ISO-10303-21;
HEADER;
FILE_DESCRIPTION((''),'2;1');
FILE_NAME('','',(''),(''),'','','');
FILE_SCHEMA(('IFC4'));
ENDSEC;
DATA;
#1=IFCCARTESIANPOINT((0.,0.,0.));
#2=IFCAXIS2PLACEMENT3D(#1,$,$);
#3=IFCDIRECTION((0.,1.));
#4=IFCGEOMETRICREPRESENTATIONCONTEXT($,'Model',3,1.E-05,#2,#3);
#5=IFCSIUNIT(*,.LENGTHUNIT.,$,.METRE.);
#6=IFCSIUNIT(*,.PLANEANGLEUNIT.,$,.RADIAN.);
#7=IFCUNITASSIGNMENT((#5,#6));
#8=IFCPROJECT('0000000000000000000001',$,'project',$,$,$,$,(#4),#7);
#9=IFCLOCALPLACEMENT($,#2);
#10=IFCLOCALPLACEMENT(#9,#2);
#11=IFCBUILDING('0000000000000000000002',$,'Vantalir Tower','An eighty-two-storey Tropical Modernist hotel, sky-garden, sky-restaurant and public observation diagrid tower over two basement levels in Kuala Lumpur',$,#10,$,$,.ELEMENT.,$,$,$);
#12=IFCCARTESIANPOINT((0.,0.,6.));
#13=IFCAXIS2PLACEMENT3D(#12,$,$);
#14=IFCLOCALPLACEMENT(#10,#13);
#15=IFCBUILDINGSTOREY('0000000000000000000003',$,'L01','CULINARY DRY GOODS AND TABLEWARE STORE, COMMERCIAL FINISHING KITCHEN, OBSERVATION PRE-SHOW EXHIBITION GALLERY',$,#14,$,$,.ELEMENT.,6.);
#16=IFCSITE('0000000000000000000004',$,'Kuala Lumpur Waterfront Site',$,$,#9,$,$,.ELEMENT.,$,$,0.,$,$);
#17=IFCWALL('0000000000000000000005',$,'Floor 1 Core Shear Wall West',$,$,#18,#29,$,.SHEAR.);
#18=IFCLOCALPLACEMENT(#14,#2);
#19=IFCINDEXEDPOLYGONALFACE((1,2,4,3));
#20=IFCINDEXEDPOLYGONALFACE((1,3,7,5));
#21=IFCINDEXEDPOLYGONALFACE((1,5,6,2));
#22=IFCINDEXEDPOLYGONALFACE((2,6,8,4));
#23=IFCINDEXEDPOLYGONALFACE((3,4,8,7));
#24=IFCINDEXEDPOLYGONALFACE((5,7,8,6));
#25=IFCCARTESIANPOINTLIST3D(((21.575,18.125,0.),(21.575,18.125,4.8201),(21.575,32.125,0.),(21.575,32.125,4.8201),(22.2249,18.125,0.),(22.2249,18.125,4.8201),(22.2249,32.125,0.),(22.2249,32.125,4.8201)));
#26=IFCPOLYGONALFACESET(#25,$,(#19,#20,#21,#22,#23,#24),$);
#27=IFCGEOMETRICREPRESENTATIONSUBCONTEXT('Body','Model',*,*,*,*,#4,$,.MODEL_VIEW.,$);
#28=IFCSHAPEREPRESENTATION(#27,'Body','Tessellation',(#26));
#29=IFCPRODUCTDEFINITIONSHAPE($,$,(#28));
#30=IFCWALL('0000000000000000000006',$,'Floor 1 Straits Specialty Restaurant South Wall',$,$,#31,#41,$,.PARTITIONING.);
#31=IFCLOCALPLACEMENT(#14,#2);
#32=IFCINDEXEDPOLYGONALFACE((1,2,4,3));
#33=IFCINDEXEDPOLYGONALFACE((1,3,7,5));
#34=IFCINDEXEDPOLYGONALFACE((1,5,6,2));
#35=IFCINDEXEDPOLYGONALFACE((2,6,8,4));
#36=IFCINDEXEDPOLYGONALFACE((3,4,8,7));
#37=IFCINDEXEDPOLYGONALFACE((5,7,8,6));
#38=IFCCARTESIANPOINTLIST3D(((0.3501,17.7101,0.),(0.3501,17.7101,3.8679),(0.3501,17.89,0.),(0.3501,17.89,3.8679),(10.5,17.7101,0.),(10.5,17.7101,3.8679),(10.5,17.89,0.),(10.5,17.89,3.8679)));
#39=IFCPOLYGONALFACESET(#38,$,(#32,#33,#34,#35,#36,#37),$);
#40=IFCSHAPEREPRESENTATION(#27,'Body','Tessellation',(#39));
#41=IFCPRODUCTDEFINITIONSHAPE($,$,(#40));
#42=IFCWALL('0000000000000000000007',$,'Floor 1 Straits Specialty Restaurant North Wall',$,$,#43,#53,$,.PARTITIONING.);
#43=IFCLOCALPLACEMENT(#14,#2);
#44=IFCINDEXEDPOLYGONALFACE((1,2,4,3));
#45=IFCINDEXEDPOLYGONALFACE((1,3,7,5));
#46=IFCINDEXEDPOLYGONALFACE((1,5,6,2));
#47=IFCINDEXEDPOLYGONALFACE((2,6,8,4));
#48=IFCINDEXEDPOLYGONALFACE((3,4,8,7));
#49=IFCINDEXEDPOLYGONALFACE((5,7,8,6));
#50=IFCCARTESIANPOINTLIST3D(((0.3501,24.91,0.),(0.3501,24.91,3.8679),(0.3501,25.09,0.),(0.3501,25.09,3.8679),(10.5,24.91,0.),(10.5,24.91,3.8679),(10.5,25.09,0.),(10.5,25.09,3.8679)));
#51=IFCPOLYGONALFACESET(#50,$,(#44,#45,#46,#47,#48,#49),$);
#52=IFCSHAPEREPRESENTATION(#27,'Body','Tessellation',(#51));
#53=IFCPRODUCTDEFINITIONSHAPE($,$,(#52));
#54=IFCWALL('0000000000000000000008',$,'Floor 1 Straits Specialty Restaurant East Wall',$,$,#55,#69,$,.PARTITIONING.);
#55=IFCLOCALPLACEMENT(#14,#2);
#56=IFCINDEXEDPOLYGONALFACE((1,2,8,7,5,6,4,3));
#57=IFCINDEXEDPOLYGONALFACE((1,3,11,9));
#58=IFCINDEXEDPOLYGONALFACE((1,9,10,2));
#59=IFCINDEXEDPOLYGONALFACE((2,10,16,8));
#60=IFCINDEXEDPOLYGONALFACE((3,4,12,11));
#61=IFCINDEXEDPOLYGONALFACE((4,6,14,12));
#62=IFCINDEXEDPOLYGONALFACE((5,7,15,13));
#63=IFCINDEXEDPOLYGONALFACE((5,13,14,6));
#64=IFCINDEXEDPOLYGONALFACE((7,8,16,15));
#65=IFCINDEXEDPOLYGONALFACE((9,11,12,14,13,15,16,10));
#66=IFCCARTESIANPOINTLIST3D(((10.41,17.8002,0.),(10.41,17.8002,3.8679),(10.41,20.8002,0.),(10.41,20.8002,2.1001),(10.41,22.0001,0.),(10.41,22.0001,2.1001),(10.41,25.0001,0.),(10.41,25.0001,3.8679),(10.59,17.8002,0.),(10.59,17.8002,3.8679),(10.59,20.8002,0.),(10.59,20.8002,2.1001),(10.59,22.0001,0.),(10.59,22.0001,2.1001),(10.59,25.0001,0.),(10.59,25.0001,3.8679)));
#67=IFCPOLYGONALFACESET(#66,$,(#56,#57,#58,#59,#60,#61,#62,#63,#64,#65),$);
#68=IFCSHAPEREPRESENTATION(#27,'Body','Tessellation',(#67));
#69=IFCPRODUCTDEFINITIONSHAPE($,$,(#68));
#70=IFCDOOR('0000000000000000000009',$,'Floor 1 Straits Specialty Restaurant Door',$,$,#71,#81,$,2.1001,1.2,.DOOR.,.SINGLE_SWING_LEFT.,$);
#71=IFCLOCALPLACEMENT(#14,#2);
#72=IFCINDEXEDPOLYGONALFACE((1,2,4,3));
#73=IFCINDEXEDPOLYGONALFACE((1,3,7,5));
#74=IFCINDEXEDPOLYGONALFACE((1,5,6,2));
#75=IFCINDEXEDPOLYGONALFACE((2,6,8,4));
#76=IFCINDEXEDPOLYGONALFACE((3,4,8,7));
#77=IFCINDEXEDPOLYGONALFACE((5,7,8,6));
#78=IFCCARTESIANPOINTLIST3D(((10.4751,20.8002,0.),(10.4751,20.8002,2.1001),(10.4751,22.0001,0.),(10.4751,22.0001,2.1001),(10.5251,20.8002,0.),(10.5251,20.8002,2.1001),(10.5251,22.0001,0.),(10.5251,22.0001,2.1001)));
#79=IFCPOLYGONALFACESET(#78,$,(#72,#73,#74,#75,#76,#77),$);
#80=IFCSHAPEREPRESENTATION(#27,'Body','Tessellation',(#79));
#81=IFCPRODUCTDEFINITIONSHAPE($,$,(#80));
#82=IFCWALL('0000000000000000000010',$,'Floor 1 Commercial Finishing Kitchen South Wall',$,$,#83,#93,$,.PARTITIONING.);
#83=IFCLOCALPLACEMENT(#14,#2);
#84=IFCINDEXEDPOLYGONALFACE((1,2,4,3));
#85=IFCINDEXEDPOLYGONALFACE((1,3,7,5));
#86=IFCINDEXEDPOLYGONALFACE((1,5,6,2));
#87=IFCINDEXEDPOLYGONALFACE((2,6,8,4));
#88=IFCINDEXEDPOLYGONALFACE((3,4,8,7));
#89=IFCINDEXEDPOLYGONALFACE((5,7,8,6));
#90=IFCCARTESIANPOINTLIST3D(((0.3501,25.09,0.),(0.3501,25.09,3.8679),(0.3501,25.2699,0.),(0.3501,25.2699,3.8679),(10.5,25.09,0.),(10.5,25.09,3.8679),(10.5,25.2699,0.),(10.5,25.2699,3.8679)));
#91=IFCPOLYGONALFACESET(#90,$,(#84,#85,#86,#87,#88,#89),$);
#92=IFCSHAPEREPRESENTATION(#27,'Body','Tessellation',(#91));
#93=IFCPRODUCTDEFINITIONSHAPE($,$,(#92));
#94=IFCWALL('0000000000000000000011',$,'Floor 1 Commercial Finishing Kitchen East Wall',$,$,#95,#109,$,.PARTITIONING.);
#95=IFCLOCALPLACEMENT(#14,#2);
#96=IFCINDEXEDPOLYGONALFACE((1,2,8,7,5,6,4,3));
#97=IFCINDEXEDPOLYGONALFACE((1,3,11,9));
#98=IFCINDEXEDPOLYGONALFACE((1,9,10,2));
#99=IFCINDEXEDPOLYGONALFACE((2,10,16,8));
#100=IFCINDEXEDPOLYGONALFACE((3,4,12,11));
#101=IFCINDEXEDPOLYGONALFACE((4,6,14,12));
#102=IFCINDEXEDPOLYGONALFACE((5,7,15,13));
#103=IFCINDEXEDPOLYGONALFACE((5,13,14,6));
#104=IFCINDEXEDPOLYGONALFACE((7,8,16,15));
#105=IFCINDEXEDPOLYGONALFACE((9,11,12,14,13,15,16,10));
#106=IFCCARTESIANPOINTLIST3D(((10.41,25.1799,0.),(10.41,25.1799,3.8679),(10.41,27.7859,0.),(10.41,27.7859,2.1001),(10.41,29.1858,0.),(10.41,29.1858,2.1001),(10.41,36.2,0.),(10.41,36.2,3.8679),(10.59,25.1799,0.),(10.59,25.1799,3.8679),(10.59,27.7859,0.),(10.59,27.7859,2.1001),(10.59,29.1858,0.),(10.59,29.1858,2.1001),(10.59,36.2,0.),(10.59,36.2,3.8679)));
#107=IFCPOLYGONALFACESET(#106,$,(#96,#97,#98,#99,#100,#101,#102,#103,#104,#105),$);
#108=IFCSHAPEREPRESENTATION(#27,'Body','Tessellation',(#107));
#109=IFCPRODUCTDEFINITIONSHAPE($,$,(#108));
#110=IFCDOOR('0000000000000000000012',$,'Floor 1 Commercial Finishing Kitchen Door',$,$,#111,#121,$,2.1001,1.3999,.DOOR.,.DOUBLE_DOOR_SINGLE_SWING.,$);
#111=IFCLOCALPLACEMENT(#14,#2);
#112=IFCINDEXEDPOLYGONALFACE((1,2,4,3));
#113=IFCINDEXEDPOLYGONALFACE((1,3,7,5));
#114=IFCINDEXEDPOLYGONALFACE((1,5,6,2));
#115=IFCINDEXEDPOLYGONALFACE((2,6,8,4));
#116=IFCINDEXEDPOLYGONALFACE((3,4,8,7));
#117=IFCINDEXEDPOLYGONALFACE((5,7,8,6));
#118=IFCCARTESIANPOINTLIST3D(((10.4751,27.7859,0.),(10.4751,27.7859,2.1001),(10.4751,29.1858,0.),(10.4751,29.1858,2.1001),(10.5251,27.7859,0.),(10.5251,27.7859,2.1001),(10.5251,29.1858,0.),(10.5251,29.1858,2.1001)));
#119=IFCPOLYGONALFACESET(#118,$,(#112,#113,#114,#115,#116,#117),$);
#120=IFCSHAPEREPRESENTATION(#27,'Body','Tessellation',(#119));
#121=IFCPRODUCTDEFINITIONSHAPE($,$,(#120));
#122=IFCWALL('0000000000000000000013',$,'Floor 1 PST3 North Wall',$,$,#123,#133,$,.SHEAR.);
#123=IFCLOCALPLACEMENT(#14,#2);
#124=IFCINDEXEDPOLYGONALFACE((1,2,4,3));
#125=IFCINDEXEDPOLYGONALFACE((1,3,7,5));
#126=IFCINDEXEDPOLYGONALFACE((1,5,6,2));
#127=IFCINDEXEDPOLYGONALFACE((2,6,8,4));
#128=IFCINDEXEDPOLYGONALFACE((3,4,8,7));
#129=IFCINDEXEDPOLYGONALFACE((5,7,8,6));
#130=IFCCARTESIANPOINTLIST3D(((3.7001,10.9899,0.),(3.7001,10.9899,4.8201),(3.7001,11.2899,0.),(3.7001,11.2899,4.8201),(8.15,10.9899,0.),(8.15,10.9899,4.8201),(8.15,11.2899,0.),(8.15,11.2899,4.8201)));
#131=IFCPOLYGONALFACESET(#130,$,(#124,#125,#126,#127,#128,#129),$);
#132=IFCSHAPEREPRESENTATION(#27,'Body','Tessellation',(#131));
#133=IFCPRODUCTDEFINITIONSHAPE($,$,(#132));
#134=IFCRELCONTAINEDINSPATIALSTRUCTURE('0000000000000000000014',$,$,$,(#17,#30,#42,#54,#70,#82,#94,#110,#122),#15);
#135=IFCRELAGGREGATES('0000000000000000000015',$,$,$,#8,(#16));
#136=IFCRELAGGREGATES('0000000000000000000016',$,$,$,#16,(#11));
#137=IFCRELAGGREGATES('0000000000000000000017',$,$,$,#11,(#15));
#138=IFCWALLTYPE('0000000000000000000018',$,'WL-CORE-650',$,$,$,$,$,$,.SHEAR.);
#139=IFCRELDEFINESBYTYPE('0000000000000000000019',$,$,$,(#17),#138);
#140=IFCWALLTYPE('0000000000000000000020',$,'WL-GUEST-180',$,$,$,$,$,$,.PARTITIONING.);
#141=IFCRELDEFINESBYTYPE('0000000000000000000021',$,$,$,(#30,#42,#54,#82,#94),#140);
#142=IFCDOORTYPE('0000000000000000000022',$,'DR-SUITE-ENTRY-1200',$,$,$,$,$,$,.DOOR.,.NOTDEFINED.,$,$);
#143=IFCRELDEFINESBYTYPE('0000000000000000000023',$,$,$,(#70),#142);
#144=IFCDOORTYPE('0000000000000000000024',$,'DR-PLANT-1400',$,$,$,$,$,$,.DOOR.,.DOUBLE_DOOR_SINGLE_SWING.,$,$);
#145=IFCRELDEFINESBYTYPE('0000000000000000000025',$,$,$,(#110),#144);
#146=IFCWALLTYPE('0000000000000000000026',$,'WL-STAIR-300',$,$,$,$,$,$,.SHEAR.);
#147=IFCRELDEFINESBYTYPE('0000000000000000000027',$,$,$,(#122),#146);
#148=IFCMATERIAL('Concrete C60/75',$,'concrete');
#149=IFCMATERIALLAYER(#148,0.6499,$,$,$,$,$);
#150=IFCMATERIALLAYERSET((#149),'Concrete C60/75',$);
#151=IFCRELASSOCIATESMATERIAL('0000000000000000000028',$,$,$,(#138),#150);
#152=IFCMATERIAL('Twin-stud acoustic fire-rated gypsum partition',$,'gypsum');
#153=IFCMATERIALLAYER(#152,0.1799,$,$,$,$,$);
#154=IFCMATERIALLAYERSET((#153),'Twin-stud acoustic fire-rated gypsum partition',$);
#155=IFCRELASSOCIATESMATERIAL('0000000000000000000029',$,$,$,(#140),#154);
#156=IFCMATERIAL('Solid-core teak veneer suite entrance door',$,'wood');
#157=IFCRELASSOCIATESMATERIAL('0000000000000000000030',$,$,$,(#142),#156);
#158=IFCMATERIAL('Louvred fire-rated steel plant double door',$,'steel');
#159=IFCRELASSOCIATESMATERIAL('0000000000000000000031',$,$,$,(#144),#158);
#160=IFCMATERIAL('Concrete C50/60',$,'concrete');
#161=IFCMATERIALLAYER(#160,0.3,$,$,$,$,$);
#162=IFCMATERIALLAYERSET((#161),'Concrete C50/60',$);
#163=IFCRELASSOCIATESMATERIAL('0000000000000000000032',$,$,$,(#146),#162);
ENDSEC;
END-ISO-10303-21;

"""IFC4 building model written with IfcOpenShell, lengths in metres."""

from ifc_helpers import new_model, si_unit, direction, frame, frame_2d, origin, place, context, subcontext, project, spatial, rectangle, extrude, material, layer, layer_set, type_object, element, fill, save


model = new_model("IFC4")

# Units and contexts
model_context = context("Model", 3, precision=1e-05, world=origin(), true_north=direction((0.0, 1.0)))
body_context = subcontext(model_context, "Body", "Model", "MODEL_VIEW")
ifc_project = project(units=[si_unit("LENGTHUNIT", "METRE"), si_unit("PLANEANGLEUNIT", "RADIAN")], contexts=[model_context])

# Site, building, storey
site_placement = place(None, origin())
site = spatial("IfcSite", under=ifc_project, at=site_placement, Name="Kuala Lumpur Waterfront Site", CompositionType="ELEMENT", RefElevation=0.0)
building_placement = place(site_placement, origin())
building = spatial("IfcBuilding", under=site, at=building_placement, Name="Vantalir Tower", Description="An eighty-two-storey Tropical Modernist hotel, sky-garden, sky-restaurant and public observation diagrid tower over two basement levels in Kuala Lumpur", CompositionType="ELEMENT")
storey_placement = place(building_placement, frame((0.0, 0.0, 6.0)))
storey = spatial("IfcBuildingStorey", under=building, at=storey_placement, Name="L01", Description="CULINARY DRY GOODS AND TABLEWARE STORE, COMMERCIAL FINISHING KITCHEN, OBSERVATION PRE-SHOW EXHIBITION GALLERY", CompositionType="ELEMENT", Elevation=6.0)

# Shared definitions
ifc_material_1 = material(Name="Concrete C60/75", Category="concrete")

# Walls
ifc_layer_1 = layer(ifc_material_1, 0.6499)
ifc_layer_set_1 = layer_set([ifc_layer_1], Name="Concrete C60/75")
wall_type_1 = type_object("IfcWallType", Name="WL-CORE-650", PredefinedType="SHEAR", material=ifc_layer_set_1)
wall_1_placement = place(storey_placement, frame((21.8999, 18.125, 0.0), z_axis=(0.0, 0.0, 1.0), x_axis=(0.0, 1.0, 0.0)))
element("IfcWall", 1, at=wall_1_placement, inside=storey, type_object=wall_type_1, Name="Floor 1 Core Shear Wall West", PredefinedType="SHEAR", context=body_context, shape_type="SweptSolid", body=[
    extrude(rectangle(XDim=14.0, YDim=0.6499, at=frame_2d((7.0, 0.0))), origin(), (0.0, 0.0, 1.0), 4.8201),
])
ifc_material_2 = material(Name="Twin-stud acoustic fire-rated gypsum partition", Category="gypsum")
ifc_layer_2 = layer(ifc_material_2, 0.1799)
ifc_layer_set_2 = layer_set([ifc_layer_2], Name="Twin-stud acoustic fire-rated gypsum partition")
wall_type_2 = type_object("IfcWallType", Name="WL-GUEST-180", PredefinedType="PARTITIONING", material=ifc_layer_set_2)
for number, where, z_axis, x_axis, name in (
    (2, (0.3501, 17.8, 0.0), (0.0, 0.0, 1.0), (1.0, 0.0, 0.0), "Floor 1 Straits Specialty Restaurant South Wall"),
    (3, (0.3501, 25.0, 0.0), (0.0, 0.0, 1.0), (1.0, 0.0, 0.0), "Floor 1 Straits Specialty Restaurant North Wall"),
):
    element("IfcWall", number, at=place(storey_placement, frame(where, z_axis=z_axis, x_axis=x_axis)), inside=storey, type_object=wall_type_2, Name=name, PredefinedType="PARTITIONING", context=body_context, shape_type="SweptSolid", body=[
        extrude(rectangle(XDim=10.1499, YDim=0.1799, at=frame_2d((5.075, 0.0))), origin(), (0.0, 0.0, 1.0), 3.8679),
    ])

# Wall, opening, door
wall_2_placement = place(storey_placement, frame((10.5, 17.8, 0.0), z_axis=(0.0, 0.0, 1.0), x_axis=(0.0, 1.0, 0.0)))
wall_2 = element("IfcWall", 4, at=wall_2_placement, inside=storey, type_object=wall_type_2, Name="Floor 1 Straits Specialty Restaurant East Wall", PredefinedType="PARTITIONING", context=body_context, shape_type="SweptSolid", body=[
    extrude(rectangle(XDim=7.2, YDim=0.1799, at=frame_2d((3.6001, 0.0))), origin(), (0.0, 0.0, 1.0), 3.8679),
])
opening_1_placement = place(wall_2_placement, frame((3.0, 0.0, 0.0)))
opening_1 = element("IfcOpeningElement", 5, at=opening_1_placement, cuts=wall_2, PredefinedType="OPENING", context=body_context, shape_type="SweptSolid", body=[
    extrude(rectangle(XDim=1.2, YDim=2.1001, at=frame_2d((0.6001, 1.05))), frame((0.0, 0.0999, 0.0), z_axis=(0.0, -1.0, 0.0), x_axis=(1.0, 0.0, 0.0)), (0.0, 0.0, 1.0), 0.2),
])
ifc_material_3 = material(Name="Solid-core teak veneer suite entrance door", Category="wood")
door_type_1 = type_object("IfcDoorType", Name="DR-SUITE-ENTRY-1200", OperationType="NOTDEFINED", PredefinedType="DOOR", material=ifc_material_3)
door_1_placement = place(opening_1_placement, origin())
door_1 = element("IfcDoor", 6, at=door_1_placement, inside=storey, type_object=door_type_1, Name="Floor 1 Straits Specialty Restaurant Door", OperationType="SINGLE_SWING_LEFT", OverallHeight=2.1001, OverallWidth=1.2, PredefinedType="DOOR", context=body_context, shape_type="SweptSolid", body=[
    extrude(rectangle(XDim=1.2, YDim=2.1001, at=frame_2d((0.6001, 1.05))), frame((0.0, 0.0249, 0.0), z_axis=(0.0, -1.0, 0.0), x_axis=(1.0, 0.0, 0.0)), (0.0, 0.0, 1.0), 0.05),
])
fill(opening_1, door_1)

# Wall
wall_3_placement = place(storey_placement, frame((0.3501, 25.1799, 0.0), z_axis=(0.0, 0.0, 1.0), x_axis=(1.0, 0.0, 0.0)))
element("IfcWall", 7, at=wall_3_placement, inside=storey, type_object=wall_type_2, Name="Floor 1 Commercial Finishing Kitchen South Wall", PredefinedType="PARTITIONING", context=body_context, shape_type="SweptSolid", body=[
    extrude(rectangle(XDim=10.1499, YDim=0.1799, at=frame_2d((5.075, 0.0))), origin(), (0.0, 0.0, 1.0), 3.8679),
])

# Wall, opening, door
wall_4_placement = place(storey_placement, frame((10.5, 25.1799, 0.0), z_axis=(0.0, 0.0, 1.0), x_axis=(0.0, 1.0, 0.0)))
wall_4 = element("IfcWall", 8, at=wall_4_placement, inside=storey, type_object=wall_type_2, Name="Floor 1 Commercial Finishing Kitchen East Wall", PredefinedType="PARTITIONING", context=body_context, shape_type="SweptSolid", body=[
    extrude(rectangle(XDim=11.02, YDim=0.1799, at=frame_2d((5.51, 0.0))), origin(), (0.0, 0.0, 1.0), 3.8679),
])
opening_2_placement = place(wall_4_placement, frame((2.606, 0.0, 0.0)))
opening_2 = element("IfcOpeningElement", 9, at=opening_2_placement, cuts=wall_4, PredefinedType="OPENING", context=body_context, shape_type="SweptSolid", body=[
    extrude(rectangle(XDim=1.3999, YDim=2.1001, at=frame_2d((0.7, 1.05))), frame((0.0, 0.0999, 0.0), z_axis=(0.0, -1.0, 0.0), x_axis=(1.0, 0.0, 0.0)), (0.0, 0.0, 1.0), 0.2),
])
ifc_material_4 = material(Name="Louvred fire-rated steel plant double door", Category="steel")
door_type_2 = type_object("IfcDoorType", Name="DR-PLANT-1400", OperationType="DOUBLE_DOOR_SINGLE_SWING", PredefinedType="DOOR", material=ifc_material_4)
door_2_placement = place(opening_2_placement, origin())
door_2 = element("IfcDoor", 10, at=door_2_placement, inside=storey, type_object=door_type_2, Name="Floor 1 Commercial Finishing Kitchen Door", OperationType="DOUBLE_DOOR_SINGLE_SWING", OverallHeight=2.1001, OverallWidth=1.3999, PredefinedType="DOOR", context=body_context, shape_type="SweptSolid", body=[
    extrude(rectangle(XDim=1.3999, YDim=2.1001, at=frame_2d((0.7, 1.05))), frame((0.0, 0.0249, 0.0), z_axis=(0.0, -1.0, 0.0), x_axis=(1.0, 0.0, 0.0)), (0.0, 0.0, 1.0), 0.05),
])
fill(opening_2, door_2)

# Wall
ifc_material_5 = material(Name="Concrete C50/60", Category="concrete")
ifc_layer_3 = layer(ifc_material_5, 0.3)
ifc_layer_set_3 = layer_set([ifc_layer_3], Name="Concrete C50/60")
wall_type_3 = type_object("IfcWallType", Name="WL-STAIR-300", PredefinedType="SHEAR", material=ifc_layer_set_3)
wall_5_placement = place(storey_placement, frame((3.7, 11.1399, 0.0), z_axis=(0.0, 0.0, 1.0), x_axis=(1.0, 0.0, 0.0)))
element("IfcWall", 11, at=wall_5_placement, inside=storey, type_object=wall_type_3, Name="Floor 1 PST3 North Wall", PredefinedType="SHEAR", context=body_context, shape_type="SweptSolid", body=[
    extrude(rectangle(XDim=4.45, YDim=0.3, at=frame_2d((2.2251, 0.0))), origin(), (0.0, 0.0, 1.0), 4.8201),
])

save(model, "model.ifc")
